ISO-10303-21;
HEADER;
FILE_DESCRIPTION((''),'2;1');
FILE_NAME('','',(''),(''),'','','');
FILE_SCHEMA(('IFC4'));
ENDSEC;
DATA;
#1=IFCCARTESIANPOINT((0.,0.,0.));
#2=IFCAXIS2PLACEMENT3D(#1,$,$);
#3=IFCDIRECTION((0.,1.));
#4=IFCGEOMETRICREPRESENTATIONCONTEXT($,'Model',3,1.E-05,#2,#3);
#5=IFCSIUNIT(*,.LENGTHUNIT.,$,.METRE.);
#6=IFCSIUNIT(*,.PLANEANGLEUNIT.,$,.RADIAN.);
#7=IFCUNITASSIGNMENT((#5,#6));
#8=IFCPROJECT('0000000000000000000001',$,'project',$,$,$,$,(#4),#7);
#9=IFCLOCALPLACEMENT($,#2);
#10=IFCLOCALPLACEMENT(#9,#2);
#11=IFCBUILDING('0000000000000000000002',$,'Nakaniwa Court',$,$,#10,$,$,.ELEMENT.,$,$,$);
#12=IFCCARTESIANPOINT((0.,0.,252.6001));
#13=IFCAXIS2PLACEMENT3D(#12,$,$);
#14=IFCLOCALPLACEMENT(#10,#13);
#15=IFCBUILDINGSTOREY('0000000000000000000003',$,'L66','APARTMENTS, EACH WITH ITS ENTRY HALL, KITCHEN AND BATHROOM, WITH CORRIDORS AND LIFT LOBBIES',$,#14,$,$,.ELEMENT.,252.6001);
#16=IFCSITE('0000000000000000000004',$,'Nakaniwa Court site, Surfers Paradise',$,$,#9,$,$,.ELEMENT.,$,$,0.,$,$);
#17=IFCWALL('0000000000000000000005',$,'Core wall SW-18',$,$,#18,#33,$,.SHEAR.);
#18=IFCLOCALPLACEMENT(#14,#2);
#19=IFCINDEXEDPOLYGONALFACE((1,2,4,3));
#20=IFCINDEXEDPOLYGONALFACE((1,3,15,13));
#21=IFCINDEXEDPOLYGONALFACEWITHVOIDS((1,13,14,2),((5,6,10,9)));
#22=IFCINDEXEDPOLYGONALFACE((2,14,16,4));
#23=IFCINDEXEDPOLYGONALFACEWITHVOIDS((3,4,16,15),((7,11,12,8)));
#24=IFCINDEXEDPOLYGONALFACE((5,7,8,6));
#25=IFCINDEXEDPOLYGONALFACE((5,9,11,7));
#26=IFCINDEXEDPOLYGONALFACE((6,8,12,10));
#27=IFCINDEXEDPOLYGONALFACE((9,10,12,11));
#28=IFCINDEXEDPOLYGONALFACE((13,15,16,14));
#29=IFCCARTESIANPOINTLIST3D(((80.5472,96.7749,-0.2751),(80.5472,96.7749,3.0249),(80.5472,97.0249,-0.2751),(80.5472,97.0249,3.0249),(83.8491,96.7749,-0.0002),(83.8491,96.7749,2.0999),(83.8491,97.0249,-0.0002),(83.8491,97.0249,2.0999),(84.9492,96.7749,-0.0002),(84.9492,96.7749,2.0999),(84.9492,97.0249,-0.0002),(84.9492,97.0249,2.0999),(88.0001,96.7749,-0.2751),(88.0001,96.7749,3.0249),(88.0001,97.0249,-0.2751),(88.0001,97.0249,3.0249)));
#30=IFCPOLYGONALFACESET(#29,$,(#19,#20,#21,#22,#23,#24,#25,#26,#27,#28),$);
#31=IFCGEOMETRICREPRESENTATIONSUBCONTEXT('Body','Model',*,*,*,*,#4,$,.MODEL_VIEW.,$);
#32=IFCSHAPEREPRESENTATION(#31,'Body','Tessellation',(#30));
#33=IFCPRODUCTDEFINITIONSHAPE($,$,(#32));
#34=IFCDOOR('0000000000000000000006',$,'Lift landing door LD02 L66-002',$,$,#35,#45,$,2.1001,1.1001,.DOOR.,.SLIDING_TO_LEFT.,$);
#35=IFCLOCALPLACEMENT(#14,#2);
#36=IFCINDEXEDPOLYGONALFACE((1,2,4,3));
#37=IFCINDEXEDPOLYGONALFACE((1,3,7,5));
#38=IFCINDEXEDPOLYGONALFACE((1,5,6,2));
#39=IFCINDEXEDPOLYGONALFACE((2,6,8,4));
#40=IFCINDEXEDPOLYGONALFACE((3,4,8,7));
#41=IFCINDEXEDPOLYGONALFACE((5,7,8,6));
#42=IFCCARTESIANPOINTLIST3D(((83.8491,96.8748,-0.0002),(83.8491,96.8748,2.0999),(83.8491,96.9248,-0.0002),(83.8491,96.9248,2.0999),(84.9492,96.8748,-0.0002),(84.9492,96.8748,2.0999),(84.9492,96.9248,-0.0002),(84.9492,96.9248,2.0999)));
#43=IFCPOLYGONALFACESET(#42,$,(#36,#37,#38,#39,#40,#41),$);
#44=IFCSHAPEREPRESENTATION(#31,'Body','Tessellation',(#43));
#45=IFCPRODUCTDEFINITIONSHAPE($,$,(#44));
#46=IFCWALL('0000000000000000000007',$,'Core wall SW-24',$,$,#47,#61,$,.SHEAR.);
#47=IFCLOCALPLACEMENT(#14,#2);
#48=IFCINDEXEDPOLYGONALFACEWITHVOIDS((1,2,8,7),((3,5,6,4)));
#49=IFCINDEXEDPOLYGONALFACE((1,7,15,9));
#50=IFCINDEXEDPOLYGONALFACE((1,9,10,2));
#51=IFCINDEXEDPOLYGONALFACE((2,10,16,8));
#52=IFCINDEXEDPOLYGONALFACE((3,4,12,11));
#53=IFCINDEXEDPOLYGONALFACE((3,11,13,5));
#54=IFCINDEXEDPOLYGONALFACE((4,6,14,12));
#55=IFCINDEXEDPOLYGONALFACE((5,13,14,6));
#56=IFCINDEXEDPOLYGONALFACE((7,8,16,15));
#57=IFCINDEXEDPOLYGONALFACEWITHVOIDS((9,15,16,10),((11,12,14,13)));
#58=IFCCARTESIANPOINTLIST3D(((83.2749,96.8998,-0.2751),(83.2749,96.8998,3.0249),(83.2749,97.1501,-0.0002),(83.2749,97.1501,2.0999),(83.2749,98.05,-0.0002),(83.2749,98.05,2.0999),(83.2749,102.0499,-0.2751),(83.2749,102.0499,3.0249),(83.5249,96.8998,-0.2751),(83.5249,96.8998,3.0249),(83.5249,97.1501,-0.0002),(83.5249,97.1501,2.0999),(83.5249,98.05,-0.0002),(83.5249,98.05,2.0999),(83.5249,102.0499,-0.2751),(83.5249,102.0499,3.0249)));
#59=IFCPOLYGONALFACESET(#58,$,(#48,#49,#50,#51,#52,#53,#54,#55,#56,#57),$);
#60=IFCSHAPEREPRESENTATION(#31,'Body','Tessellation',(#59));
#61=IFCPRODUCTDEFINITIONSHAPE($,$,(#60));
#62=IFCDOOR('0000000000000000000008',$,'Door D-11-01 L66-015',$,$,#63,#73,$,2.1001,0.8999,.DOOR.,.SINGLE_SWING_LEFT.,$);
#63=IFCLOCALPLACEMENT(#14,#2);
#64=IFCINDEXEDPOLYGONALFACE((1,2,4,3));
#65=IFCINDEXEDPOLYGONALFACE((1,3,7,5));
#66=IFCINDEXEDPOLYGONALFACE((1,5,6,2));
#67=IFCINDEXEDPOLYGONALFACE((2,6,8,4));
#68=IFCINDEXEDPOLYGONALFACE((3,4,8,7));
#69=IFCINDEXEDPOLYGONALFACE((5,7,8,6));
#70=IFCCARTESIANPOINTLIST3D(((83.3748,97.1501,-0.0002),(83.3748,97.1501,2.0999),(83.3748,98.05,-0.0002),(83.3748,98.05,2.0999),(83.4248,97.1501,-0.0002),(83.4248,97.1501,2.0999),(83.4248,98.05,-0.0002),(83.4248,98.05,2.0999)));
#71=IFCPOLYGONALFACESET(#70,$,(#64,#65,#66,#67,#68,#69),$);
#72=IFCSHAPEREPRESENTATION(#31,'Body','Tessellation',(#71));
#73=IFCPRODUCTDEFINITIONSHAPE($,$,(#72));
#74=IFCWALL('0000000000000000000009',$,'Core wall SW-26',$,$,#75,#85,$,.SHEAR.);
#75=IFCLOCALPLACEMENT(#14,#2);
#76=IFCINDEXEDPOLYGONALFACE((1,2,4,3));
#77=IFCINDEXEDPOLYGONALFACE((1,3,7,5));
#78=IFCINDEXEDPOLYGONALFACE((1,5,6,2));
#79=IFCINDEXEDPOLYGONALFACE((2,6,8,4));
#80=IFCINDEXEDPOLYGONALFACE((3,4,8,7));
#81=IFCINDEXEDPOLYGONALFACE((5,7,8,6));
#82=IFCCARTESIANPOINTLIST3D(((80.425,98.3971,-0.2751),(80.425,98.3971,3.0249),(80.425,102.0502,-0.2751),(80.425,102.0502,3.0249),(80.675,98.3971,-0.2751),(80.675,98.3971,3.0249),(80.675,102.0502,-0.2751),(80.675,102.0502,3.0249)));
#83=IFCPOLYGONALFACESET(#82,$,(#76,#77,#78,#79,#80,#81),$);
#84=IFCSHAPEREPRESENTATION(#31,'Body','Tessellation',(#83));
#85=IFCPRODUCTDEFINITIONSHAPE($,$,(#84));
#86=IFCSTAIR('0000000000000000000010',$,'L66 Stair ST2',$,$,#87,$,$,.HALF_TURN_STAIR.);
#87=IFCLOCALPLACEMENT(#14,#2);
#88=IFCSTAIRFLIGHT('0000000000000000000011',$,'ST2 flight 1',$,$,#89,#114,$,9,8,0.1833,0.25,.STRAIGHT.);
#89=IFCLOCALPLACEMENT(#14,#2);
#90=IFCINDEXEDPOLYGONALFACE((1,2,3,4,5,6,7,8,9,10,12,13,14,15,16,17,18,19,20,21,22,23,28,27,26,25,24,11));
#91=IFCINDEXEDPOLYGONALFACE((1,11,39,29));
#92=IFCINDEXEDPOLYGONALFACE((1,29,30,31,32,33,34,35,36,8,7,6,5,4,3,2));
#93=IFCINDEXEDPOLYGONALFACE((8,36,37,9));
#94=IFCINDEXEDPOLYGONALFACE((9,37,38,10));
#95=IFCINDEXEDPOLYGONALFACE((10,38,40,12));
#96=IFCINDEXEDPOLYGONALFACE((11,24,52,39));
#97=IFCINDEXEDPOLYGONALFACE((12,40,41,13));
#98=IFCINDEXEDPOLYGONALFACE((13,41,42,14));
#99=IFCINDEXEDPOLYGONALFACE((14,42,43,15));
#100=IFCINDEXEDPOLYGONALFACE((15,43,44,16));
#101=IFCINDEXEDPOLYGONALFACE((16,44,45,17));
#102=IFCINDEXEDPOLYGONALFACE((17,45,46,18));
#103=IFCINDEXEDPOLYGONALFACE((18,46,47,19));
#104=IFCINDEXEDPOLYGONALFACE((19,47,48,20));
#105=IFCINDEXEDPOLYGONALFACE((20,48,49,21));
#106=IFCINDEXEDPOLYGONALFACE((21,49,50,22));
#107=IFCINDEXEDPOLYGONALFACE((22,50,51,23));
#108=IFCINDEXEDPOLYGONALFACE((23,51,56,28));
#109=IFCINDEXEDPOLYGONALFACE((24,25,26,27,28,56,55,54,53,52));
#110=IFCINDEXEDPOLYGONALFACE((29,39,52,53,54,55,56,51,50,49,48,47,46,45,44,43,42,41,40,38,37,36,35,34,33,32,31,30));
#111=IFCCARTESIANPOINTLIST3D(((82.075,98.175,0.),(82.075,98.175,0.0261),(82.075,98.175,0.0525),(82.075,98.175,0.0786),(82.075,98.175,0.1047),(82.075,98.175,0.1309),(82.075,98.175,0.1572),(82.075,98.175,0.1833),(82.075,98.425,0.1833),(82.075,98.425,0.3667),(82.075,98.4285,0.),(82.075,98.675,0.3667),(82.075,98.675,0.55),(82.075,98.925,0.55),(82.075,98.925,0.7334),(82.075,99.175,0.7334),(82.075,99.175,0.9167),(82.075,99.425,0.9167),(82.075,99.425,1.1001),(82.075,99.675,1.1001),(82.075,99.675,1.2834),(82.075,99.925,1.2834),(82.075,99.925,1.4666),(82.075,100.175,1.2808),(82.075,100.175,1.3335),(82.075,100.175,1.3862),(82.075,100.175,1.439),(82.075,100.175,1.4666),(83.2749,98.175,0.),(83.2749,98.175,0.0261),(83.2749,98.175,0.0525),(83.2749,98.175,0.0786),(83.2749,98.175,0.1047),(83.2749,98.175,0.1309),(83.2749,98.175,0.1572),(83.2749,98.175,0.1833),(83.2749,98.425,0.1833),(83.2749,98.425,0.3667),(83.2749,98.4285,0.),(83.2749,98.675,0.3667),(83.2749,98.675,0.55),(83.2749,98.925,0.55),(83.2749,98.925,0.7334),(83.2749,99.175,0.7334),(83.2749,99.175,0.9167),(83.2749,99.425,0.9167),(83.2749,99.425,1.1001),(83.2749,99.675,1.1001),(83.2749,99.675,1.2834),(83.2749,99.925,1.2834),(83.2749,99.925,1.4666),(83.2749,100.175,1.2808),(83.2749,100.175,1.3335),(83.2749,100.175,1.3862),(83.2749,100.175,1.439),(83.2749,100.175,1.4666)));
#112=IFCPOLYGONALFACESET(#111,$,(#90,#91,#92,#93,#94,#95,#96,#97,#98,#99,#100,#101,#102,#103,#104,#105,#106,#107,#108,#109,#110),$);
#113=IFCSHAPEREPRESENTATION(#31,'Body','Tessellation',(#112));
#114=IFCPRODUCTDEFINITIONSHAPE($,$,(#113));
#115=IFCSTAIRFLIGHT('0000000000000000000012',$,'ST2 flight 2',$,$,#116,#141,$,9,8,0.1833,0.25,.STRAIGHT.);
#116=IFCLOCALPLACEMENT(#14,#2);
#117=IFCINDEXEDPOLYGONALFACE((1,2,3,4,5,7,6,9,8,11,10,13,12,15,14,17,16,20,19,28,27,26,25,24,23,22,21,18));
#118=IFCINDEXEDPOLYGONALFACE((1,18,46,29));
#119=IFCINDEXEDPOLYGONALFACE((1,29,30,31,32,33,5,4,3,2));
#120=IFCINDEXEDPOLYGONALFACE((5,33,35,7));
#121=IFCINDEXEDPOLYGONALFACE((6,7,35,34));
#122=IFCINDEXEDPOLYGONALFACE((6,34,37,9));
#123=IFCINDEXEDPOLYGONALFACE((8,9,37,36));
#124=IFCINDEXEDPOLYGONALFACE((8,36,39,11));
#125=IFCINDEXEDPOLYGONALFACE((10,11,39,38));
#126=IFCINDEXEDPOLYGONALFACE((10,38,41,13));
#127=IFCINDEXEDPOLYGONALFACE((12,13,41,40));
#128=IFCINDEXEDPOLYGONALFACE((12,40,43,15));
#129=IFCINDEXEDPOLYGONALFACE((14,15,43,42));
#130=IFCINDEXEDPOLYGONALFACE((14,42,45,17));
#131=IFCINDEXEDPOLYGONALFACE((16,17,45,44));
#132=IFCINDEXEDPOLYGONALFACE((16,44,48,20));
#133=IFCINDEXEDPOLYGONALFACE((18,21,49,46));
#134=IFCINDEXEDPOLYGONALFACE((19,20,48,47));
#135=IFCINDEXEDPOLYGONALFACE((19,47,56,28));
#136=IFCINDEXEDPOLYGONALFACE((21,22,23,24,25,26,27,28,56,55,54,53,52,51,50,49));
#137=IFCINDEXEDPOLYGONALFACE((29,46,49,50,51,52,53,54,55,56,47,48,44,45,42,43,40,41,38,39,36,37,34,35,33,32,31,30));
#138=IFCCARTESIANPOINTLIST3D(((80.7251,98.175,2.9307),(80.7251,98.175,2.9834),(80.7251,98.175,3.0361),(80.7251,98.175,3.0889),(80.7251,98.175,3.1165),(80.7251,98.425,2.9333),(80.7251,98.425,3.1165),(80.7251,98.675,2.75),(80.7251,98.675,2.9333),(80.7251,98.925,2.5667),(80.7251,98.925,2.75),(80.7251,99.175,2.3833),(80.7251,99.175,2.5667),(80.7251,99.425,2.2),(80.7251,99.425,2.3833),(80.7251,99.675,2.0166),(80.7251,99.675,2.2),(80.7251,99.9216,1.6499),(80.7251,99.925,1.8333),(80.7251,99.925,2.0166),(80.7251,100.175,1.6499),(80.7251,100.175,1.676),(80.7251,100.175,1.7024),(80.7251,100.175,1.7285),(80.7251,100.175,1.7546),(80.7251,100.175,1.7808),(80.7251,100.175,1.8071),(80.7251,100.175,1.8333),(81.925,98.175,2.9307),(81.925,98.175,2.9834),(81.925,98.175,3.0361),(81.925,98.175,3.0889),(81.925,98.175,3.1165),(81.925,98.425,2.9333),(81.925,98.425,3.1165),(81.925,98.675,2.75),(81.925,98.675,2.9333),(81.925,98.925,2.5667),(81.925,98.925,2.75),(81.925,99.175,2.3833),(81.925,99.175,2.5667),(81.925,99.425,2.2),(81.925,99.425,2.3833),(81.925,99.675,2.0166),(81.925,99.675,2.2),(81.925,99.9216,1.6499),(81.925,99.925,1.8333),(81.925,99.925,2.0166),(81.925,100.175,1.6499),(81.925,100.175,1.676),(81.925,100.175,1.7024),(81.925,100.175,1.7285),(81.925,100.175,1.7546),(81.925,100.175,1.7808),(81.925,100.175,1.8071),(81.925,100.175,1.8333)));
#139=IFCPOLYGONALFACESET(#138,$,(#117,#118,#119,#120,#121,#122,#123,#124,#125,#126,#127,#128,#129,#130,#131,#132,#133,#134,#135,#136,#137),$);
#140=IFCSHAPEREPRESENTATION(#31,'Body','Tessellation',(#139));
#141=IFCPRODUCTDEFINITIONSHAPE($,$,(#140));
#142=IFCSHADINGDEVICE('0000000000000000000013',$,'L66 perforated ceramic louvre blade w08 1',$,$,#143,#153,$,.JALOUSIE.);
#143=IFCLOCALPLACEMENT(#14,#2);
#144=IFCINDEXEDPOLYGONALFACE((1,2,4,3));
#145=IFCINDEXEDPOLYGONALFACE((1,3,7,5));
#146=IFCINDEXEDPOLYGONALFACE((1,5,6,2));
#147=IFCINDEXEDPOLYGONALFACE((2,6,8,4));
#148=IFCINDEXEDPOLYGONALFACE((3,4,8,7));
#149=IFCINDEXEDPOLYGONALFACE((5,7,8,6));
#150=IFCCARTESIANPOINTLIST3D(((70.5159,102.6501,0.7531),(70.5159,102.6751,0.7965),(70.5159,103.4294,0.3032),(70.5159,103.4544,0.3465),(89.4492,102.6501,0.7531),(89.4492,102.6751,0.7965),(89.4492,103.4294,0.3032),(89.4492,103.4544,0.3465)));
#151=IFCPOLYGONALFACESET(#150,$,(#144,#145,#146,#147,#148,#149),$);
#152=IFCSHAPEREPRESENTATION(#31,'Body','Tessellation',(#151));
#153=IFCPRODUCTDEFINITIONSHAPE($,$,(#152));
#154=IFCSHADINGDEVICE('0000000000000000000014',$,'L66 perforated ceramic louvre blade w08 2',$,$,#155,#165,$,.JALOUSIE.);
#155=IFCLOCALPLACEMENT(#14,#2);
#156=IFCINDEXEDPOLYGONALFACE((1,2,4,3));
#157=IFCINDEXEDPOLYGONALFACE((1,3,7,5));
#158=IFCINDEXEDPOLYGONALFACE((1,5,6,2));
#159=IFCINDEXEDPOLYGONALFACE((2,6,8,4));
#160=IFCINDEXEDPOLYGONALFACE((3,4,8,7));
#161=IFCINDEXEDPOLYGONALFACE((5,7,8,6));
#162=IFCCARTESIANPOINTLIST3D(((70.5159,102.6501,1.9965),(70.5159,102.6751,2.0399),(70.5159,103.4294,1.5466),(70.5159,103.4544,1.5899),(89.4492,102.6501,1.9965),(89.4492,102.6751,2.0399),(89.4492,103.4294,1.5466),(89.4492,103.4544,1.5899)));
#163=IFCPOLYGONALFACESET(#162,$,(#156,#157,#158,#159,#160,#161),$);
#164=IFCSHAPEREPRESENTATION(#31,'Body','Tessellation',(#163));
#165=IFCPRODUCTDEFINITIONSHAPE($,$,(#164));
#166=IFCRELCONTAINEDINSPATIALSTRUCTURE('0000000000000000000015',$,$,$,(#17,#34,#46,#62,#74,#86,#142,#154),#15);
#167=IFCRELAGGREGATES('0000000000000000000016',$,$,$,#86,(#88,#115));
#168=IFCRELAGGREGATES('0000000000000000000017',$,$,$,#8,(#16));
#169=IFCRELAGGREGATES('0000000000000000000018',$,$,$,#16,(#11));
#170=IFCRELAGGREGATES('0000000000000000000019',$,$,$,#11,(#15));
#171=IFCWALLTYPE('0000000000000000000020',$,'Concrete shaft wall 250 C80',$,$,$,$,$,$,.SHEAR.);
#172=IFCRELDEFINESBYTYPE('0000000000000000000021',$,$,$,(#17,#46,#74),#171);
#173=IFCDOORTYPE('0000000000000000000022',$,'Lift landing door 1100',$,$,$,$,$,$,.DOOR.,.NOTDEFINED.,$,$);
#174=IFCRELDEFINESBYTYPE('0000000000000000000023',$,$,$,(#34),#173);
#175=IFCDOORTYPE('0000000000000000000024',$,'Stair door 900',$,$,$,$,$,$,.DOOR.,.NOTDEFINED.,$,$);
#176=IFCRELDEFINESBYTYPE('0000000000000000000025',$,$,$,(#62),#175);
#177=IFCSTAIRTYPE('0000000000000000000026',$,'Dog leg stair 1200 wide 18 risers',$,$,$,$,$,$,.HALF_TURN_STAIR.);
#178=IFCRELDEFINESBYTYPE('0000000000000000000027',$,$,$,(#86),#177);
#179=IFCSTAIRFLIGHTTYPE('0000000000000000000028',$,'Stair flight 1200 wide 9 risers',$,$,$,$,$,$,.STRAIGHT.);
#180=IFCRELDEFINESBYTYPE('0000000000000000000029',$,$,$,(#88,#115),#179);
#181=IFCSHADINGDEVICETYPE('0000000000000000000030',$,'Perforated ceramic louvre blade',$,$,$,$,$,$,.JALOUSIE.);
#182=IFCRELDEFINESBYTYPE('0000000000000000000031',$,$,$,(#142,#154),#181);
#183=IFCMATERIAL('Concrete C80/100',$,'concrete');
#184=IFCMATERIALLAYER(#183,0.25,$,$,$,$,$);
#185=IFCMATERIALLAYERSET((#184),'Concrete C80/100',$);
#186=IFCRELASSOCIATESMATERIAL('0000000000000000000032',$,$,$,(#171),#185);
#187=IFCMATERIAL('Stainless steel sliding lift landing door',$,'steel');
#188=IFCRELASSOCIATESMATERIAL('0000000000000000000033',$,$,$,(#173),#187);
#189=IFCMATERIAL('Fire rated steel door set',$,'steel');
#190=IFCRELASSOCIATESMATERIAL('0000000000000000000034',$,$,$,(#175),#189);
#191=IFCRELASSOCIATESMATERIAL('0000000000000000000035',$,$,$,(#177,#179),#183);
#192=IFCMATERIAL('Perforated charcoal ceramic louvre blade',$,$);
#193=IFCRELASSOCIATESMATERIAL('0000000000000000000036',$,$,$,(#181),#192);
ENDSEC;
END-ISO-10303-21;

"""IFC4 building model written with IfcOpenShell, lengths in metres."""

from ifc_helpers import new_model, si_unit, direction, frame, frame_2d, origin, origin_2d, place, context, subcontext, project, spatial, polyline, rectangle, outline, extrude, material, layer, layer_set, material_profile, profile_set, type_object, element, fill, aggregate, save


model = new_model("IFC4")

# Units and contexts
model_context = context("Model", 3, precision=1e-05, world=origin(), true_north=direction((0.0, 1.0)))
body_context = subcontext(model_context, "Body", "Model", "MODEL_VIEW")
ifc_project = project(units=[si_unit("LENGTHUNIT", "METRE"), si_unit("PLANEANGLEUNIT", "RADIAN")], contexts=[model_context])

# Site, building, storey
site_placement = place(None, origin())
site = spatial("IfcSite", under=ifc_project, at=site_placement, Name="Nakaniwa Court site, Surfers Paradise", CompositionType="ELEMENT", RefElevation=0.0)
building_placement = place(site_placement, origin())
building = spatial("IfcBuilding", under=site, at=building_placement, Name="Nakaniwa Court", CompositionType="ELEMENT")
storey_placement = place(building_placement, frame((0.0, 0.0, 252.6001)))
storey = spatial("IfcBuildingStorey", under=building, at=storey_placement, Name="L66", Description="APARTMENTS, EACH WITH ITS ENTRY HALL, KITCHEN AND BATHROOM, WITH CORRIDORS AND LIFT LOBBIES", CompositionType="ELEMENT", Elevation=252.6001)

# Shared definitions
ifc_material_1 = material(Name="Fire rated steel door set", Category="steel")

# Shared definitions
ifc_material_2 = material(Name="Concrete C80/100", Category="concrete")

# Shared definitions
ifc_layer_1 = layer(ifc_material_2, 0.25)
ifc_layer_set_1 = layer_set([ifc_layer_1], Name="Concrete C80/100")
wall_type_1 = type_object("IfcWallType", Name="Concrete shaft wall 250 C80", PredefinedType="SHEAR", material=ifc_layer_set_1)

# Walls, openings, doors
wall_1_placement = place(storey_placement, frame((80.5471, 96.8999, -0.2751), z_axis=(0.0, 0.0, 1.0), x_axis=(1.0, 0.0, 0.0)))
wall_1 = element("IfcWall", 1, at=wall_1_placement, inside=storey, type_object=wall_type_1, Name="Core wall SW-18", PredefinedType="SHEAR", context=body_context, shape_type="SweptSolid", body=[
    extrude(rectangle(XDim=7.4529, YDim=0.25, at=frame_2d((3.7266, 0.0))), origin(), (0.0, 0.0, 1.0), 3.3),
])
opening_1_placement = place(wall_1_placement, frame((3.302, 0.0, 0.2749)))
opening_1 = element("IfcOpeningElement", 2, at=opening_1_placement, cuts=wall_1, PredefinedType="OPENING", context=body_context, shape_type="SweptSolid", body=[
    extrude(rectangle(XDim=1.1001, YDim=2.1001, at=frame_2d((0.55, 1.05))), frame((0.0, 0.135, 0.0), z_axis=(0.0, -1.0, 0.0), x_axis=(1.0, 0.0, 0.0)), (0.0, 0.0, 1.0), 0.27),
])
ifc_material_3 = material(Name="Stainless steel sliding lift landing door", Category="steel")
door_type_1 = type_object("IfcDoorType", Name="Lift landing door 1100", OperationType="NOTDEFINED", PredefinedType="DOOR", material=ifc_material_3)
door_1_placement = place(opening_1_placement, origin())
door_1 = element("IfcDoor", 3, at=door_1_placement, inside=storey, type_object=door_type_1, Name="Lift landing door LD02 L66-002", OperationType="SLIDING_TO_LEFT", OverallHeight=2.1001, OverallWidth=1.1001, PredefinedType="DOOR", context=body_context, shape_type="SweptSolid", body=[
    extrude(rectangle(XDim=1.1001, YDim=2.1001, at=frame_2d((0.55, 1.05))), frame((0.0, 0.0249, 0.0), z_axis=(0.0, -1.0, 0.0), x_axis=(1.0, 0.0, 0.0)), (0.0, 0.0, 1.0), 0.05),
])
fill(opening_1, door_1)
wall_2_placement = place(storey_placement, frame((83.3999, 102.05, -0.2751), z_axis=(0.0, 0.0, 1.0), x_axis=(0.0, -1.0, 0.0)))
wall_2 = element("IfcWall", 4, at=wall_2_placement, inside=storey, type_object=wall_type_1, Name="Core wall SW-24", PredefinedType="SHEAR", context=body_context, shape_type="SweptSolid", body=[
    extrude(rectangle(XDim=5.1501, YDim=0.25, at=frame_2d((2.5752, 0.0))), origin(), (0.0, 0.0, 1.0), 3.3),
])
opening_2_placement = place(wall_2_placement, frame((4.0, 0.0, 0.2749)))
opening_2 = element("IfcOpeningElement", 5, at=opening_2_placement, cuts=wall_2, PredefinedType="OPENING", context=body_context, shape_type="SweptSolid", body=[
    extrude(rectangle(XDim=0.8999, YDim=2.1001, at=frame_2d((0.45, 1.05))), frame((0.0, 0.135, 0.0), z_axis=(0.0, -1.0, 0.0), x_axis=(1.0, 0.0, 0.0)), (0.0, 0.0, 1.0), 0.27),
])
door_type_2 = type_object("IfcDoorType", Name="Stair door 900", OperationType="NOTDEFINED", PredefinedType="DOOR", material=ifc_material_1)
door_2_placement = place(opening_2_placement, origin())
door_2 = element("IfcDoor", 6, at=door_2_placement, inside=storey, type_object=door_type_2, Name="Door D-11-01 L66-015", OperationType="SINGLE_SWING_LEFT", OverallHeight=2.1001, OverallWidth=0.8999, PredefinedType="DOOR", context=body_context, shape_type="SweptSolid", body=[
    extrude(rectangle(XDim=0.8999, YDim=2.1001, at=frame_2d((0.45, 1.05))), frame((0.0, 0.0249, 0.0), z_axis=(0.0, -1.0, 0.0), x_axis=(1.0, 0.0, 0.0)), (0.0, 0.0, 1.0), 0.05),
])
fill(opening_2, door_2)

# Wall
wall_3_placement = place(storey_placement, frame((80.55, 98.397, -0.2751), z_axis=(0.0, 0.0, 1.0), x_axis=(0.0, 1.0, 0.0)))
element("IfcWall", 7, at=wall_3_placement, inside=storey, type_object=wall_type_1, Name="Core wall SW-26", PredefinedType="SHEAR", context=body_context, shape_type="SweptSolid", body=[
    extrude(rectangle(XDim=3.6531, YDim=0.25, at=frame_2d((1.8267, 0.0))), origin(), (0.0, 0.0, 1.0), 3.3),
])

# Stair, stair flights
stair_type = type_object("IfcStairType", Name="Dog leg stair 1200 wide 18 risers", PredefinedType="HALF_TURN_STAIR", material=ifc_material_2)
stair_placement = place(storey_placement, origin())
stair = element("IfcStair", 8, at=stair_placement, inside=storey, type_object=stair_type, Name="L66 Stair ST2", PredefinedType="HALF_TURN_STAIR")
stair_flight_type = type_object("IfcStairFlightType", Name="Stair flight 1200 wide 9 risers", PredefinedType="STRAIGHT", material=ifc_material_2)
stair_flight_1_placement = place(storey_placement, frame((82.675, 98.175, 0.0), z_axis=(0.0, 0.0, 1.0), x_axis=(0.0, 1.0, 0.0)))
stair_flight_1 = element("IfcStairFlight", 9, at=stair_flight_1_placement, type_object=stair_flight_type, Name="ST2 flight 1", NumberOfRisers=9, NumberOfTreads=8, PredefinedType="STRAIGHT", RiserHeight=0.1833, TreadLength=0.25, context=body_context, shape_type="SweptSolid", body=[
    extrude(outline(polyline([(0.0, 0.0), (0.0, 0.0261), (0.0, 0.0525), (0.0, 0.0786), (0.0, 0.1047), (0.0, 0.1309), (0.0, 0.1572), (0.0, 0.1833), (0.25, 0.1833), (0.25, 0.3667), (0.5, 0.3667), (0.5, 0.55), (0.75, 0.55), (0.75, 0.7334), (1.0, 0.7334), (1.0, 0.9167), (1.25, 0.9167), (1.25, 1.1001), (1.5, 1.1001), (1.5, 1.2834), (1.75, 1.2834), (1.75, 1.4666), (2.0, 1.4666), (2.0, 1.6499), (2.0, 1.5972), (2.0, 1.5444), (2.0, 1.4917), (2.0, 1.439), (2.0, 1.3862), (2.0, 1.3335), (2.0, 1.2808), (0.2534, 0.0), (0.0, 0.0)])), frame((0.0, 0.6001, 0.0), z_axis=(0.0, -1.0, 0.0), x_axis=(1.0, 0.0, 0.0)), (0.0, 0.0, 1.0), 1.2),
])
stair_flight_2_placement = place(storey_placement, frame((81.325, 100.175, 1.6499), z_axis=(0.0, 0.0, 1.0), x_axis=(0.0, -1.0, 0.0)))
stair_flight_2 = element("IfcStairFlight", 10, at=stair_flight_2_placement, type_object=stair_flight_type, Name="ST2 flight 2", NumberOfRisers=9, NumberOfTreads=8, PredefinedType="STRAIGHT", RiserHeight=0.1833, TreadLength=0.25, context=body_context, shape_type="SweptSolid", body=[
    extrude(outline(polyline([(0.0, 0.0), (0.0, 0.0261), (0.0, 0.0525), (0.0, 0.0786), (0.0, 0.1047), (0.0, 0.1309), (0.0, 0.1572), (0.0, 0.1833), (0.25, 0.1833), (0.25, 0.3667), (0.5, 0.3667), (0.5, 0.55), (0.75, 0.55), (0.75, 0.7334), (1.0, 0.7334), (1.0, 0.9167), (1.25, 0.9167), (1.25, 1.1001), (1.5, 1.1001), (1.5, 1.2834), (1.75, 1.2834), (1.75, 1.4666), (2.0, 1.4666), (2.0, 1.6499), (2.0, 1.5972), (2.0, 1.5444), (2.0, 1.4917), (2.0, 1.439), (2.0, 1.3862), (2.0, 1.3335), (2.0, 1.2808), (0.2534, 0.0), (0.0, 0.0)])), frame((0.0, 0.6001, 0.0), z_axis=(0.0, -1.0, 0.0), x_axis=(1.0, 0.0, 0.0)), (0.0, 0.0, 1.0), 1.2),
])
aggregate(stair, [stair_flight_1, stair_flight_2])

# Shading devices
ifc_material_4 = material(Name="Perforated charcoal ceramic louvre blade")
ifc_material_profile = material_profile(ifc_material_4, rectangle(XDim=0.8999, YDim=0.05, at=origin_2d()), Name="Perforated ceramic louvre blade")
ifc_profile_set = profile_set([ifc_material_profile], Name="Perforated charcoal ceramic louvre blade")
shading_device_type = type_object("IfcShadingDeviceType", Name="Perforated ceramic louvre blade", PredefinedType="JALOUSIE", material=ifc_profile_set)
for number, where, z_axis, x_axis, name in (
    (11, (89.4492, 103.0522, 0.5498), (-1.0, 0.0, 0.0), (0.0, -0.866025, 0.5), "L66 perforated ceramic louvre blade w08 1"),
    (12, (89.4492, 103.0522, 1.7932), (-1.0, 0.0, 0.0), (0.0, -0.866025, 0.5), "L66 perforated ceramic louvre blade w08 2"),
):
    element("IfcShadingDevice", number, at=place(storey_placement, frame(where, z_axis=z_axis, x_axis=x_axis)), inside=storey, type_object=shading_device_type, Name=name, PredefinedType="JALOUSIE", context=body_context, shape_type="SweptSolid", body=[
        extrude(rectangle(XDim=0.8999, YDim=0.05, at=origin_2d()), origin(), (0.0, 0.0, 1.0), 18.9333),
    ])

save(model, "model.ifc")
